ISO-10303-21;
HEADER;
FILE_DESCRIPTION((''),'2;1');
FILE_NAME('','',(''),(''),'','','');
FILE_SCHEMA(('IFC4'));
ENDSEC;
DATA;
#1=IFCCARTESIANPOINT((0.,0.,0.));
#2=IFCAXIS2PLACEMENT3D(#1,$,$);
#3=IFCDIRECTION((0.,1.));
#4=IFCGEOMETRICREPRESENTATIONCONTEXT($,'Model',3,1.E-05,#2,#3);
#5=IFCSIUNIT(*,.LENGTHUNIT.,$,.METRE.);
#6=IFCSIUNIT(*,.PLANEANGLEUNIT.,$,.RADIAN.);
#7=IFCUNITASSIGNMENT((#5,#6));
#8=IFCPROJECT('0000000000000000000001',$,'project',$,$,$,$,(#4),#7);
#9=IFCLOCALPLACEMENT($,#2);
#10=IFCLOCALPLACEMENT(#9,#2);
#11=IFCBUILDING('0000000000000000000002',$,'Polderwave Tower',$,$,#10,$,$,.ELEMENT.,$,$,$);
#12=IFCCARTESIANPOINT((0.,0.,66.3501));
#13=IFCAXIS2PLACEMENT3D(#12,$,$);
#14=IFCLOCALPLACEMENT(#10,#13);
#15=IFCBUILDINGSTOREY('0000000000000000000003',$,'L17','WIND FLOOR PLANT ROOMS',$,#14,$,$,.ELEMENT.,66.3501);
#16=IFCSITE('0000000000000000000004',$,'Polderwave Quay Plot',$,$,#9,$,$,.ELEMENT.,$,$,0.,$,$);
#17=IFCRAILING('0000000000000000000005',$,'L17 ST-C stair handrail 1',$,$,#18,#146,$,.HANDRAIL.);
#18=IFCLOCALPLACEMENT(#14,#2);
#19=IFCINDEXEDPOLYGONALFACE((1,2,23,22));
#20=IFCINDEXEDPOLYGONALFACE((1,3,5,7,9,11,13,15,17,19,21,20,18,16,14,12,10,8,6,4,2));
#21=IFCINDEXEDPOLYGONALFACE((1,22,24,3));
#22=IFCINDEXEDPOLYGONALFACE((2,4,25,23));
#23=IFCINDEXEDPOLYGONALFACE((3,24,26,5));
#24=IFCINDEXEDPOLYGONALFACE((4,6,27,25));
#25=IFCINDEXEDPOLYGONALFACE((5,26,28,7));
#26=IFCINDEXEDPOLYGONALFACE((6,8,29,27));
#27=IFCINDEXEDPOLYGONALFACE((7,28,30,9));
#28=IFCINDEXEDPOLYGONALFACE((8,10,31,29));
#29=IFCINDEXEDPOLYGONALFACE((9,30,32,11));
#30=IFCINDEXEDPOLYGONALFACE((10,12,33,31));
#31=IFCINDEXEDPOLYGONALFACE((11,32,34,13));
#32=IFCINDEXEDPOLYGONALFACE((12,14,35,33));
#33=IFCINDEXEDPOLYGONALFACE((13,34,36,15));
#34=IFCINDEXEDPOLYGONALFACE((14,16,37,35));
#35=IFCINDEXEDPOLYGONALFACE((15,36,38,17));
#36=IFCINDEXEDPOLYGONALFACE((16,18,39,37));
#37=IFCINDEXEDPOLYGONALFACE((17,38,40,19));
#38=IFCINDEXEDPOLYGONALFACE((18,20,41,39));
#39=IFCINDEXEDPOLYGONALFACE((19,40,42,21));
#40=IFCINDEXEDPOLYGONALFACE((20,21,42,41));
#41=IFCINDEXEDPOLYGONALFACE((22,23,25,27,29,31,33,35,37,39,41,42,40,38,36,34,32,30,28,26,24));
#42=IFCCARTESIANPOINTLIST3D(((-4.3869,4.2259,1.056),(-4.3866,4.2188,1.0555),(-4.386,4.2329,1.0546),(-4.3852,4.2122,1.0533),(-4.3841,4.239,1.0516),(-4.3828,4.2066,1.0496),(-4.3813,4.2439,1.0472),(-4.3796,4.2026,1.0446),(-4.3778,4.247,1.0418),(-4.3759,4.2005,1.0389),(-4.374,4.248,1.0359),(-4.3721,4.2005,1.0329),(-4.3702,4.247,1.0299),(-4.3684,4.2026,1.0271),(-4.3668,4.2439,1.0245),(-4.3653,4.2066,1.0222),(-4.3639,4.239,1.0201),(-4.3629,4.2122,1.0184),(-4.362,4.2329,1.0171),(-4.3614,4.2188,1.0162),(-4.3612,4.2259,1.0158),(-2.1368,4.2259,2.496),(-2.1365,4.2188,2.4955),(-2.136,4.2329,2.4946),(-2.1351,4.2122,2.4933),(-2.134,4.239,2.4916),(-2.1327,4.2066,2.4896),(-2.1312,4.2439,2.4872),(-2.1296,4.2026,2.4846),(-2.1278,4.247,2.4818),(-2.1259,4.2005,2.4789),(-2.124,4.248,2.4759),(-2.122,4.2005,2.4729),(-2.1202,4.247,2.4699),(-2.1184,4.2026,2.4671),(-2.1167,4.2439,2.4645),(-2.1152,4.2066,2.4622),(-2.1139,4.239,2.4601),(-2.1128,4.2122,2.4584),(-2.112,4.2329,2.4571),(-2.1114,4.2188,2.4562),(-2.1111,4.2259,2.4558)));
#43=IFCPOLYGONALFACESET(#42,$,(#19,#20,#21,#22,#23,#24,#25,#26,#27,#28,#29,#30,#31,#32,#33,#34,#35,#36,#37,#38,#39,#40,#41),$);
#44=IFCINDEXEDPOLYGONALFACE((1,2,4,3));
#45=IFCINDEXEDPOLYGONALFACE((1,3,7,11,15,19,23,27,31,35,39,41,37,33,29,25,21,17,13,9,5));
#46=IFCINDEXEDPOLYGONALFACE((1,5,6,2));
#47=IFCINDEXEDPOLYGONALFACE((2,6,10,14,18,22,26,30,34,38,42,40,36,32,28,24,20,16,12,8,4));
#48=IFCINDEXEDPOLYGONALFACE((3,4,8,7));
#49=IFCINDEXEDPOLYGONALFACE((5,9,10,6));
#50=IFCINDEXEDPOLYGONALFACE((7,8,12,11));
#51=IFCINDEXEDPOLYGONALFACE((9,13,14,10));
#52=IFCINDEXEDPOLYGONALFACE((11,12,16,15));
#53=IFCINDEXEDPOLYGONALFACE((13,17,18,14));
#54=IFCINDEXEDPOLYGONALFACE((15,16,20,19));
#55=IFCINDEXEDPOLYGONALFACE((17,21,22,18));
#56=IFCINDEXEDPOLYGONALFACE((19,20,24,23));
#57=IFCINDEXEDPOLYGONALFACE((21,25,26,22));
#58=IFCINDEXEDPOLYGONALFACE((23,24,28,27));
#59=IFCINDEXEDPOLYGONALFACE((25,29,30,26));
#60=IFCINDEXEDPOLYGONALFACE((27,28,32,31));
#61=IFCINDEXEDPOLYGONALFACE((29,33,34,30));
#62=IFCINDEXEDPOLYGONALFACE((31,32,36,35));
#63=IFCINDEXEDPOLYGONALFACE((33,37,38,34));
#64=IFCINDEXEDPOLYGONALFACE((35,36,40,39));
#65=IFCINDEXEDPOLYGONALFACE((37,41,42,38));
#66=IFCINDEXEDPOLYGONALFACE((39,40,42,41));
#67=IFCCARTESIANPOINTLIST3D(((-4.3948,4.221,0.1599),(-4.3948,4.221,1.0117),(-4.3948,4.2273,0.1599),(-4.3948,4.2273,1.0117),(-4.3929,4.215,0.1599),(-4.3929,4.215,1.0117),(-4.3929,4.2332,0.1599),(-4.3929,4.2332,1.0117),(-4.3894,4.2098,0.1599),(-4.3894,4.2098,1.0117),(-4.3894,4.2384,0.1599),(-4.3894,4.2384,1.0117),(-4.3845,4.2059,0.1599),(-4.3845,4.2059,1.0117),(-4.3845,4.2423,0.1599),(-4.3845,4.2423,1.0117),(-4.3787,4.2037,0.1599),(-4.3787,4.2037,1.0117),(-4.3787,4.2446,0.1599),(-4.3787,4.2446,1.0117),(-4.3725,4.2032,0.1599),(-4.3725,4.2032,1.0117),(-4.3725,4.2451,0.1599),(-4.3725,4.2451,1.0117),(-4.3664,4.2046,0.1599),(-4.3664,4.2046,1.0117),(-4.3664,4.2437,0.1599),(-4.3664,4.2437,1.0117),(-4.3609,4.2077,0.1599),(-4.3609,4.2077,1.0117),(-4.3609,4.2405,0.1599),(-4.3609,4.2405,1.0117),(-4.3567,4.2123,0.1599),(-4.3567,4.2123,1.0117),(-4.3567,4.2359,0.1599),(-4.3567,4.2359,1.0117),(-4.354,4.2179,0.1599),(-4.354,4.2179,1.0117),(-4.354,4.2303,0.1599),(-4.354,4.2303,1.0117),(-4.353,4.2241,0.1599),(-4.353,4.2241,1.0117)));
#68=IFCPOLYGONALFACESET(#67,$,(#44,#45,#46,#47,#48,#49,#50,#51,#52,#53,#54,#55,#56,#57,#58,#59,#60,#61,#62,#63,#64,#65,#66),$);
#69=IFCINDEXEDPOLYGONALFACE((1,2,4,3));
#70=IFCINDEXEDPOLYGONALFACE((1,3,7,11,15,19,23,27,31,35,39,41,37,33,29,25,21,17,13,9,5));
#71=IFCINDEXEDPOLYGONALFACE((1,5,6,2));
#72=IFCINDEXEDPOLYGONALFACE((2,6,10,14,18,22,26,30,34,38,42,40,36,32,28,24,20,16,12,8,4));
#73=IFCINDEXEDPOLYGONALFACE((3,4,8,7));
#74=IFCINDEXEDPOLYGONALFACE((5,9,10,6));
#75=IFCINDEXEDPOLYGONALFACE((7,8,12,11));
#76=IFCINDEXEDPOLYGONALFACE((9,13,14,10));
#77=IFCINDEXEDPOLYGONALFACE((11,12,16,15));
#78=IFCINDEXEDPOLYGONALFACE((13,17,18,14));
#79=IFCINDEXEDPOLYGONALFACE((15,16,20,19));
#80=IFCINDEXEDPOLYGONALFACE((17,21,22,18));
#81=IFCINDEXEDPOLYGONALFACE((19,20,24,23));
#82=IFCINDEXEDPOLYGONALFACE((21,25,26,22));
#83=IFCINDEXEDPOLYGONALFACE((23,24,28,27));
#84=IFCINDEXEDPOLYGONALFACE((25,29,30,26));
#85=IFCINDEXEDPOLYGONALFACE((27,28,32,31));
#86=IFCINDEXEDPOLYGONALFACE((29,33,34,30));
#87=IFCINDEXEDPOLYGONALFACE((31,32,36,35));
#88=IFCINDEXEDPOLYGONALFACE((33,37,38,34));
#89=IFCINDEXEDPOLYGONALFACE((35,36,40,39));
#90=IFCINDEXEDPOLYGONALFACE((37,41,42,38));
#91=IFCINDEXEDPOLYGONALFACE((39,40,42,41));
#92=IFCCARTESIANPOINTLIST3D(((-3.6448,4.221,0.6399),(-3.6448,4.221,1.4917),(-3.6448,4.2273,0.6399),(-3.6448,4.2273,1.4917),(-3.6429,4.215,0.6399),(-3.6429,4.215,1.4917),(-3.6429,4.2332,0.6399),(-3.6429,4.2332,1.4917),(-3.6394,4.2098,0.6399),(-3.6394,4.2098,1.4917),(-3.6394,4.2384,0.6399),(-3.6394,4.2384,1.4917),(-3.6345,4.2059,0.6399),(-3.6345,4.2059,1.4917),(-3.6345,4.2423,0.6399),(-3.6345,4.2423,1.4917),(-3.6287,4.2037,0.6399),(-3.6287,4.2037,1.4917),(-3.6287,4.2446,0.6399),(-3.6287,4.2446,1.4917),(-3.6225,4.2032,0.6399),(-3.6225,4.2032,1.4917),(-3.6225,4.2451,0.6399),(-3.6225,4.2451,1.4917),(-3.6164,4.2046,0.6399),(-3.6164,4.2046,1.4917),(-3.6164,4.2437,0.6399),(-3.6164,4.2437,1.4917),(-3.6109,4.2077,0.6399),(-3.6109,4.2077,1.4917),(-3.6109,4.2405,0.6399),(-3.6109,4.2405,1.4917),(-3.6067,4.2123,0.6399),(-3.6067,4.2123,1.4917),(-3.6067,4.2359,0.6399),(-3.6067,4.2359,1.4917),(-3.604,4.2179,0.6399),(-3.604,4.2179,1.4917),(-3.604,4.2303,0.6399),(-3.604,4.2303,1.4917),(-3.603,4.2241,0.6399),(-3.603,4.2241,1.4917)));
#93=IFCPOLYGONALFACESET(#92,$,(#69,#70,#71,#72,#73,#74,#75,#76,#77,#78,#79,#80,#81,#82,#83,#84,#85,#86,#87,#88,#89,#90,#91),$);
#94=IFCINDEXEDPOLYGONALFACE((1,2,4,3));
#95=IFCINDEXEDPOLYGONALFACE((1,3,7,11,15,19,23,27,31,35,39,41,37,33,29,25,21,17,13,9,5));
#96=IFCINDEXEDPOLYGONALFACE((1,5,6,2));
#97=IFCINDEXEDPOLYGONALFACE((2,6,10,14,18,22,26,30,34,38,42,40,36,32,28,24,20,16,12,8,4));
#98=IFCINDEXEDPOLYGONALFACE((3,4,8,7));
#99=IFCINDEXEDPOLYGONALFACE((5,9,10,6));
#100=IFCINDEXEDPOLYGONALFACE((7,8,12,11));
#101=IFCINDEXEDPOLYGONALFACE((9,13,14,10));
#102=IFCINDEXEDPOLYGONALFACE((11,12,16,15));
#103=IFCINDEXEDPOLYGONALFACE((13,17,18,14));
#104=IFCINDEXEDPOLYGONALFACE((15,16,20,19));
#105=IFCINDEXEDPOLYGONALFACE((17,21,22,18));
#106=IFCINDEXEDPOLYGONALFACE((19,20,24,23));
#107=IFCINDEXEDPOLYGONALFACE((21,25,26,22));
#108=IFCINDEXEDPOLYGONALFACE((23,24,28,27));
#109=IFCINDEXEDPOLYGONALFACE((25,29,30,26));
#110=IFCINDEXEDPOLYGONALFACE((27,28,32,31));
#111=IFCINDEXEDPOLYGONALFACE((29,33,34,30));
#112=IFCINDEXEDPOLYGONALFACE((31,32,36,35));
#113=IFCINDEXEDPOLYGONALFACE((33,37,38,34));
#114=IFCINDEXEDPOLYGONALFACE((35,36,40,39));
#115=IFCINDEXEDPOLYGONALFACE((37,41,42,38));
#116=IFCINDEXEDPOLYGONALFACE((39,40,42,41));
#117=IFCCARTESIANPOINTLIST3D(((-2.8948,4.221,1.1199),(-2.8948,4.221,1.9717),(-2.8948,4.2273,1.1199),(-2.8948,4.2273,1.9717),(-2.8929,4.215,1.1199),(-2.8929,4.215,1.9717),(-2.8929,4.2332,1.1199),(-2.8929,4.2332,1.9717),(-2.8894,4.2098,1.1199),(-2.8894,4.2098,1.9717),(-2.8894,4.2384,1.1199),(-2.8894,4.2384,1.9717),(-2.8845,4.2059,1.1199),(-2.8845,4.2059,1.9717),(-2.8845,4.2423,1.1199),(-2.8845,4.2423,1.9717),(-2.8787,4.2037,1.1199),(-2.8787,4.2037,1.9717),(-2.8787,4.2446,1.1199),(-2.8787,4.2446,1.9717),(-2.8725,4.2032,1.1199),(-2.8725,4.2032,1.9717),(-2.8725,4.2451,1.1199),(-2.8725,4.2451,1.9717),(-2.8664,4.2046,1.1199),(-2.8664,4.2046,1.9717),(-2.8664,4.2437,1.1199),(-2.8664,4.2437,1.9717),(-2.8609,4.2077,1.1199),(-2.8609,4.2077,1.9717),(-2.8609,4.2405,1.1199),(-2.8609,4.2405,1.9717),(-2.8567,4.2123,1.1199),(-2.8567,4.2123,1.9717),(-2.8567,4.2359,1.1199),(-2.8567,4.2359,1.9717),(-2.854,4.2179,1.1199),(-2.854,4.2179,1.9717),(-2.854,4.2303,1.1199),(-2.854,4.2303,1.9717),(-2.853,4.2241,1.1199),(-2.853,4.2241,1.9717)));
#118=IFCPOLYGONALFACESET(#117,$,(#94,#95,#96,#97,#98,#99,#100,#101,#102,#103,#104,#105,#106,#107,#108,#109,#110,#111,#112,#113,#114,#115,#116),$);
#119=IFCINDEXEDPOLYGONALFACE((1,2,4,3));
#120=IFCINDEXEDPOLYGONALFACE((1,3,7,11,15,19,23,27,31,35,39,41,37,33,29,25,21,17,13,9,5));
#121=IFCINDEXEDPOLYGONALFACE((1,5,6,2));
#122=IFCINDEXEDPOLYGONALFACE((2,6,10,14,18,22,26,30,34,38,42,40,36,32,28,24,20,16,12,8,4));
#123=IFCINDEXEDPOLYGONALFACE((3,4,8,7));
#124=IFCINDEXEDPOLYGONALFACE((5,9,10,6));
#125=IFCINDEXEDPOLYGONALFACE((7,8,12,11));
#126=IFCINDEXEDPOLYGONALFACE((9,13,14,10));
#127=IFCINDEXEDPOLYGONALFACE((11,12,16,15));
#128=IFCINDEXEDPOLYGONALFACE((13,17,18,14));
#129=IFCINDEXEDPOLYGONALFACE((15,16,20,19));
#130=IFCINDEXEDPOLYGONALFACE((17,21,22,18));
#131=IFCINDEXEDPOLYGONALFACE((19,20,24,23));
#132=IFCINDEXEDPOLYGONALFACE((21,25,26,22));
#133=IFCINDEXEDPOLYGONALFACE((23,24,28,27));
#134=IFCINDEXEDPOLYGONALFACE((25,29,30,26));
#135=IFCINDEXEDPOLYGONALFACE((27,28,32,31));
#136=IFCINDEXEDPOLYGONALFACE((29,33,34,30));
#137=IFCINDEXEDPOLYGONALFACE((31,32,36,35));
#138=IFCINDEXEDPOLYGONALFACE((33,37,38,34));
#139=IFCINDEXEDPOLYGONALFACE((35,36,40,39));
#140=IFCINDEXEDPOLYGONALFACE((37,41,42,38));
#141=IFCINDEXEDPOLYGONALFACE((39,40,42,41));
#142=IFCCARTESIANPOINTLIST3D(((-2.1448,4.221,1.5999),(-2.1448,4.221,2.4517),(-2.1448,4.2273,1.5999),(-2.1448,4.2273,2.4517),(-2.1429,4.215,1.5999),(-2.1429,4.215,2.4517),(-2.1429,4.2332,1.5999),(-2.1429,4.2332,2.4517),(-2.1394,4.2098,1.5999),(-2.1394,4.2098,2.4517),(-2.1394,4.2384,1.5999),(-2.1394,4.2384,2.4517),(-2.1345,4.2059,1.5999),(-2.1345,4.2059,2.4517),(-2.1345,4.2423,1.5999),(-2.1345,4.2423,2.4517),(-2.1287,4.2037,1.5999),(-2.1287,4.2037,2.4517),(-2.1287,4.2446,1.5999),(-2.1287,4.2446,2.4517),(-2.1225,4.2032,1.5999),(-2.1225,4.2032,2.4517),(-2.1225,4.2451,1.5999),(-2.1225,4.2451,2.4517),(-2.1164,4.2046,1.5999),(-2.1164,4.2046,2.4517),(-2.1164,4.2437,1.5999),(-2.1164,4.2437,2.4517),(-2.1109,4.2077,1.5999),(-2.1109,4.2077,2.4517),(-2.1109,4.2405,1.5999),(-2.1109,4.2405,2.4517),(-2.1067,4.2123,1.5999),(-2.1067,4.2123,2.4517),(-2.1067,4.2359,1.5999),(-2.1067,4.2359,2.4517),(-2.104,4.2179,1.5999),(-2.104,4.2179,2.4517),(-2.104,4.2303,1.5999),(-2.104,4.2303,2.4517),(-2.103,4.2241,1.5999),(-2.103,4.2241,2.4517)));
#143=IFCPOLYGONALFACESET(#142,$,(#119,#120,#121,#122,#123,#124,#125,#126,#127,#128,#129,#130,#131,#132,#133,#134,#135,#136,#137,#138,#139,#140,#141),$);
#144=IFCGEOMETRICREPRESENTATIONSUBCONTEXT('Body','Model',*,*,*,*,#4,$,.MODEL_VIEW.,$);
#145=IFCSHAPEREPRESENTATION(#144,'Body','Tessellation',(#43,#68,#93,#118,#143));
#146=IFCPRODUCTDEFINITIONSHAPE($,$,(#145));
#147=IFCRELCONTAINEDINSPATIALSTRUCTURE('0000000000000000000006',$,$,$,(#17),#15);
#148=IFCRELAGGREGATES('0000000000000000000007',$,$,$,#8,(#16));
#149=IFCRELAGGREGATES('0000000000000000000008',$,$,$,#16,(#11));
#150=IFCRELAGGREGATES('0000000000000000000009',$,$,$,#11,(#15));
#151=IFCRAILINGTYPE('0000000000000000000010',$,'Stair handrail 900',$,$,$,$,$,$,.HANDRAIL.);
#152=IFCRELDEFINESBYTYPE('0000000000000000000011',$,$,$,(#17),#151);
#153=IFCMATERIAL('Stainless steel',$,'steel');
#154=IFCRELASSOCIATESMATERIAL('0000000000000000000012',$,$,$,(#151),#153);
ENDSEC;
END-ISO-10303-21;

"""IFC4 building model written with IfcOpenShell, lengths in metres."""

from ifc_helpers import new_model, si_unit, direction, frame, origin, origin_2d, place, context, subcontext, project, spatial, circle, extrude, material, type_object, element, save


model = new_model("IFC4")

# Units and contexts
model_context = context("Model", 3, precision=1e-05, world=origin(), true_north=direction((0.0, 1.0)))
body_context = subcontext(model_context, "Body", "Model", "MODEL_VIEW")
ifc_project = project(units=[si_unit("LENGTHUNIT", "METRE"), si_unit("PLANEANGLEUNIT", "RADIAN")], contexts=[model_context])

# Site, building, storey
site_placement = place(None, origin())
site = spatial("IfcSite", under=ifc_project, at=site_placement, Name="Polderwave Quay Plot", CompositionType="ELEMENT", RefElevation=0.0)
building_placement = place(site_placement, origin())
building = spatial("IfcBuilding", under=site, at=building_placement, Name="Polderwave Tower", CompositionType="ELEMENT")
storey_placement = place(building_placement, frame((0.0, 0.0, 66.3501)))
storey = spatial("IfcBuildingStorey", under=building, at=storey_placement, Name="L17", Description="WIND FLOOR PLANT ROOMS", CompositionType="ELEMENT", Elevation=66.3501)

# Railing
ifc_material_1 = material(Name="Stainless steel", Category="steel")
railing_type_1 = type_object("IfcRailingType", Name="Stair handrail 900", PredefinedType="HANDRAIL", material=ifc_material_1)
railing_1_placement = place(storey_placement, frame((-4.374, 4.2241, 0.1599)))
element("IfcRailing", 1, at=railing_1_placement, inside=storey, type_object=railing_type_1, Name="L17 ST-C stair handrail 1", PredefinedType="HANDRAIL", context=body_context, shape_type="SweptSolid", body=[
    extrude(circle(Radius=0.0239, at=origin_2d()), frame((0.0, 0.0, 0.876), z_axis=(0.842281, 0.0, 0.539038), x_axis=(0.0, 1.0, 0.0)), (0.0, 0.0, 1.0), 2.6714),
    extrude(circle(Radius=0.021, at=origin_2d()), origin(), (0.0, 0.0, 1.0), 0.8518),
    extrude(circle(Radius=0.021, at=origin_2d()), frame((0.75, 0.0, 0.48)), (0.0, 0.0, 1.0), 0.8518),
    extrude(circle(Radius=0.021, at=origin_2d()), frame((1.5, 0.0, 0.96)), (0.0, 0.0, 1.0), 0.8518),
    extrude(circle(Radius=0.021, at=origin_2d()), frame((2.25, 0.0, 1.4399)), (0.0, 0.0, 1.0), 0.8518),
])

save(model, "model.ifc")
